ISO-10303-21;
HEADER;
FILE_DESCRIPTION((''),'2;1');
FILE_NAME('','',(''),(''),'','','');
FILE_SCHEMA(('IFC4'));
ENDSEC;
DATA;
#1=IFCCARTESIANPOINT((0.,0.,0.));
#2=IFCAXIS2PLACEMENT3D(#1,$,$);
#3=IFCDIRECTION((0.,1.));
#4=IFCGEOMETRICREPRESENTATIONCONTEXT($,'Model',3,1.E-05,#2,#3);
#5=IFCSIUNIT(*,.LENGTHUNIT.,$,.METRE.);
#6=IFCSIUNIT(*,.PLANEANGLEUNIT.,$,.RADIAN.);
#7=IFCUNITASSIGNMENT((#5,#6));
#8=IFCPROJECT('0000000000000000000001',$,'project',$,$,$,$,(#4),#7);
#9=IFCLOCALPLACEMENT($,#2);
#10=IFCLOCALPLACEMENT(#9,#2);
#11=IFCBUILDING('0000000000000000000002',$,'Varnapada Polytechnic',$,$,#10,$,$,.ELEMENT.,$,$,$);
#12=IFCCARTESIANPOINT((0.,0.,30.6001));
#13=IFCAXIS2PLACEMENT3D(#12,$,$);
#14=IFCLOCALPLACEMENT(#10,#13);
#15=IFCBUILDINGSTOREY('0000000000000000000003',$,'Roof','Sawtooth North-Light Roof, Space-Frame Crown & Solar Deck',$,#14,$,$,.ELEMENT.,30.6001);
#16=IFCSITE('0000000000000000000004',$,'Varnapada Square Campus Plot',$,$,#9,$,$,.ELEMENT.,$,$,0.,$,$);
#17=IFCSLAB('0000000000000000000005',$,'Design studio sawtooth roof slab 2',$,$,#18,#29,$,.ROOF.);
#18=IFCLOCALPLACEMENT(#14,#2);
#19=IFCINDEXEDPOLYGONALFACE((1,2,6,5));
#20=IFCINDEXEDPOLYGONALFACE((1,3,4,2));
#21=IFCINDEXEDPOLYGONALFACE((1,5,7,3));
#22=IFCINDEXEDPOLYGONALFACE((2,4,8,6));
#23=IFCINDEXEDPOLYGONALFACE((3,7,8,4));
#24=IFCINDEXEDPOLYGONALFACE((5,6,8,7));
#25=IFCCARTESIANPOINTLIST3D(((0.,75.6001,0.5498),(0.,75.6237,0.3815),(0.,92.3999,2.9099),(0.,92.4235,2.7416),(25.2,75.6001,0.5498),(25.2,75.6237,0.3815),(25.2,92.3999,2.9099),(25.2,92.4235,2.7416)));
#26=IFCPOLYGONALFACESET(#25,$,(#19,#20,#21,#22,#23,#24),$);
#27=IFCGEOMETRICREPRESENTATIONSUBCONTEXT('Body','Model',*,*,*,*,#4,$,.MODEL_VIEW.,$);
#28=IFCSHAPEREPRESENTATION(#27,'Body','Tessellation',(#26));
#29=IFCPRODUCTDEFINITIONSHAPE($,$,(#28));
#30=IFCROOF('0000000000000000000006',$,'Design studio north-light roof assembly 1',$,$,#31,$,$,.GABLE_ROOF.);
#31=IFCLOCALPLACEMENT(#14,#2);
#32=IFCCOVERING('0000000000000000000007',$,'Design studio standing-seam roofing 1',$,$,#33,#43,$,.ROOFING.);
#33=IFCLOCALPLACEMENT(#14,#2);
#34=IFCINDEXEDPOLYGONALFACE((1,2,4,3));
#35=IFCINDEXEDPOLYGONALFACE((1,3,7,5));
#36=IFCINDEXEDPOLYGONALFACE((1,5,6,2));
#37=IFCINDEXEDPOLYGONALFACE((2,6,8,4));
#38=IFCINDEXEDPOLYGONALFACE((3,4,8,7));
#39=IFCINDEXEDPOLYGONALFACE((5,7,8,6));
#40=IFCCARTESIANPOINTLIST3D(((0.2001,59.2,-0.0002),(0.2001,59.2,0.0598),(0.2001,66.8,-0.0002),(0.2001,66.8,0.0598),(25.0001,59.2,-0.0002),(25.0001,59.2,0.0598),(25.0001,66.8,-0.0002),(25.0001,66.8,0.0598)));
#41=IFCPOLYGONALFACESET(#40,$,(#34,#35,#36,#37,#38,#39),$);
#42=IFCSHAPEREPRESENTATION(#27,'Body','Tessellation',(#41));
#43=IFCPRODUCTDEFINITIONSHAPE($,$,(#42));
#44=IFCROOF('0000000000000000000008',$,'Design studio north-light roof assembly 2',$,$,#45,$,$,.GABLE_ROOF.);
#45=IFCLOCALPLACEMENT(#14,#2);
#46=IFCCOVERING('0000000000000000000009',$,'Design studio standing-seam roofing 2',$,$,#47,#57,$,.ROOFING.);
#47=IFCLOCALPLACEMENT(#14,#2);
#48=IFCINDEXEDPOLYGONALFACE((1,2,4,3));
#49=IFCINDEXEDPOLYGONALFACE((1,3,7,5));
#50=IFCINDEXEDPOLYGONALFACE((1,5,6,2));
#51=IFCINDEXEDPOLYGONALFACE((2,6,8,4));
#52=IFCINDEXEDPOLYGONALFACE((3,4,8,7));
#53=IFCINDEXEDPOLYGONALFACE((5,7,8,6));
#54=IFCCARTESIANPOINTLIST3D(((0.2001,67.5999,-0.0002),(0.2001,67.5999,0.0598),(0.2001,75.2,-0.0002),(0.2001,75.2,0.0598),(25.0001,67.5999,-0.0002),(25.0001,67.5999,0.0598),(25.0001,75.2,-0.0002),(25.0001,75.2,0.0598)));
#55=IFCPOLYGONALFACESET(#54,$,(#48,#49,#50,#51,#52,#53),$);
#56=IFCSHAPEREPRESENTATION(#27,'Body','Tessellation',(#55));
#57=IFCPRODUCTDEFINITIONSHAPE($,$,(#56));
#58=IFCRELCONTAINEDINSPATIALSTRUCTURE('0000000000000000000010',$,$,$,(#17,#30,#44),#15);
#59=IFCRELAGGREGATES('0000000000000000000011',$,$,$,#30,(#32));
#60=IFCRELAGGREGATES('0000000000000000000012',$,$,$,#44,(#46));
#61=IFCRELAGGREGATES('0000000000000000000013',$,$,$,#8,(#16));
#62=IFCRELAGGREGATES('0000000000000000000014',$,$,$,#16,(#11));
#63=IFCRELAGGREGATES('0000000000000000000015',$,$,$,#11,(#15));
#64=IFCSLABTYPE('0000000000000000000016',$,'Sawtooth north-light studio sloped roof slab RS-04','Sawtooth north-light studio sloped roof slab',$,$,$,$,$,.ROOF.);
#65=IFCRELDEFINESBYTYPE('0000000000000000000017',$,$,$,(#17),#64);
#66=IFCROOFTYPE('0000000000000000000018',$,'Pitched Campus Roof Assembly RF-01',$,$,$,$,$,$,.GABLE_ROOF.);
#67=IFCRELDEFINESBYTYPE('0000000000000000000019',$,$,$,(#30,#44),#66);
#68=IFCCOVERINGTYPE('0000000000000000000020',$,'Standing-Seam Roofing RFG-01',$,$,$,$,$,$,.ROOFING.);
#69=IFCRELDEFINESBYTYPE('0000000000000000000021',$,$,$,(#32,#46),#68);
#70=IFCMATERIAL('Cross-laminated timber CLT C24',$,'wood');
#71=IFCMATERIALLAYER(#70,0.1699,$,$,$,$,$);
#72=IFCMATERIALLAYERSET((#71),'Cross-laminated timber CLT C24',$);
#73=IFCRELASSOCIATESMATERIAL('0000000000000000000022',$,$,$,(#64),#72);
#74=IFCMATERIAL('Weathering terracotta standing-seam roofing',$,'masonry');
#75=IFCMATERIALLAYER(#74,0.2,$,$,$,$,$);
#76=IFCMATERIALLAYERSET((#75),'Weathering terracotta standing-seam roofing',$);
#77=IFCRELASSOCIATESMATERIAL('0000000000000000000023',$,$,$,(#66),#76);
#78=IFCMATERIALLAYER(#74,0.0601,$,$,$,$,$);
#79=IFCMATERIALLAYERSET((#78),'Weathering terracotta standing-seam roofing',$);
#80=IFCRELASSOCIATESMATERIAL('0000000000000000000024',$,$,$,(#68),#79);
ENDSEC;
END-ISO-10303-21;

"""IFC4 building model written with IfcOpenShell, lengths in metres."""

from ifc_helpers import new_model, si_unit, direction, frame, origin, origin_2d, place, context, subcontext, project, spatial, polyline, rectangle, outline, extrude, material, layer, layer_set, type_object, element, aggregate, save


model = new_model("IFC4")

# Units and contexts
model_context = context("Model", 3, precision=1e-05, world=origin(), true_north=direction((0.0, 1.0)))
body_context = subcontext(model_context, "Body", "Model", "MODEL_VIEW")
ifc_project = project(units=[si_unit("LENGTHUNIT", "METRE"), si_unit("PLANEANGLEUNIT", "RADIAN")], contexts=[model_context])

# Site, building, storey
site_placement = place(None, origin())
site = spatial("IfcSite", under=ifc_project, at=site_placement, Name="Varnapada Square Campus Plot", CompositionType="ELEMENT", RefElevation=0.0)
building_placement = place(site_placement, origin())
building = spatial("IfcBuilding", under=site, at=building_placement, Name="Varnapada Polytechnic", CompositionType="ELEMENT")
storey_placement = place(building_placement, frame((0.0, 0.0, 30.6001)))
storey = spatial("IfcBuildingStorey", under=building, at=storey_placement, Name="Roof", Description="Sawtooth North-Light Roof, Space-Frame Crown & Solar Deck", CompositionType="ELEMENT", Elevation=30.6001)

# Slab
ifc_material_1 = material(Name="Cross-laminated timber CLT C24", Category="wood")
ifc_layer_1 = layer(ifc_material_1, 0.1699)
ifc_layer_set_1 = layer_set([ifc_layer_1], Name="Cross-laminated timber CLT C24")
slab_type_1 = type_object("IfcSlabType", Name="Sawtooth north-light studio sloped roof slab RS-04", Description="Sawtooth north-light studio sloped roof slab", PredefinedType="ROOF", material=ifc_layer_set_1)
slab_1_placement = place(storey_placement, frame((0.0, 75.6001, 0.5498), z_axis=(0.0, -0.139118, 0.990276), x_axis=(1.0, 0.0, 0.0)))
element("IfcSlab", 1, at=slab_1_placement, inside=storey, type_object=slab_type_1, Name="Design studio sawtooth roof slab 2", PredefinedType="ROOF", context=body_context, shape_type="SweptSolid", body=[
    extrude(outline(polyline([(0.0, 0.0), (25.2, 0.0), (25.2, 16.9648), (0.0, 16.9648), (0.0, 0.0)])), origin(), (0.0, 0.0, -1.0), 0.1699),
])

# Roofs, coverings
ifc_material_2 = material(Name="Weathering terracotta standing-seam roofing", Category="masonry")
ifc_layer_2 = layer(ifc_material_2, 0.2)
ifc_layer_set_2 = layer_set([ifc_layer_2], Name="Weathering terracotta standing-seam roofing")
roof_type = type_object("IfcRoofType", Name="Pitched Campus Roof Assembly RF-01", PredefinedType="GABLE_ROOF", material=ifc_layer_set_2)
roof_1_placement = place(storey_placement, origin())
roof_1 = element("IfcRoof", 2, at=roof_1_placement, inside=storey, type_object=roof_type, Name="Design studio north-light roof assembly 1", PredefinedType="GABLE_ROOF")
ifc_layer_3 = layer(ifc_material_2, 0.0601)
ifc_layer_set_3 = layer_set([ifc_layer_3], Name="Weathering terracotta standing-seam roofing")
covering_type = type_object("IfcCoveringType", Name="Standing-Seam Roofing RFG-01", PredefinedType="ROOFING", material=ifc_layer_set_3)
covering_1_placement = place(storey_placement, frame((12.6001, 63.0, -0.0002), z_axis=(0.0, 0.0, 1.0), x_axis=(1.0, 0.0, 0.0)))
covering_1 = element("IfcCovering", 3, at=covering_1_placement, type_object=covering_type, Name="Design studio standing-seam roofing 1", PredefinedType="ROOFING", context=body_context, shape_type="SweptSolid", body=[
    extrude(rectangle(XDim=24.8, YDim=7.6001, at=origin_2d()), origin(), (0.0, 0.0, 1.0), 0.0601),
])
aggregate(roof_1, [covering_1])
roof_2_placement = place(storey_placement, origin())
roof_2 = element("IfcRoof", 4, at=roof_2_placement, inside=storey, type_object=roof_type, Name="Design studio north-light roof assembly 2", PredefinedType="GABLE_ROOF")
covering_2_placement = place(storey_placement, frame((12.6001, 71.3999, -0.0002), z_axis=(0.0, 0.0, 1.0), x_axis=(1.0, 0.0, 0.0)))
covering_2 = element("IfcCovering", 5, at=covering_2_placement, type_object=covering_type, Name="Design studio standing-seam roofing 2", PredefinedType="ROOFING", context=body_context, shape_type="SweptSolid", body=[
    extrude(rectangle(XDim=24.8, YDim=7.6001, at=origin_2d()), origin(), (0.0, 0.0, 1.0), 0.0601),
])
aggregate(roof_2, [covering_2])

save(model, "model.ifc")
